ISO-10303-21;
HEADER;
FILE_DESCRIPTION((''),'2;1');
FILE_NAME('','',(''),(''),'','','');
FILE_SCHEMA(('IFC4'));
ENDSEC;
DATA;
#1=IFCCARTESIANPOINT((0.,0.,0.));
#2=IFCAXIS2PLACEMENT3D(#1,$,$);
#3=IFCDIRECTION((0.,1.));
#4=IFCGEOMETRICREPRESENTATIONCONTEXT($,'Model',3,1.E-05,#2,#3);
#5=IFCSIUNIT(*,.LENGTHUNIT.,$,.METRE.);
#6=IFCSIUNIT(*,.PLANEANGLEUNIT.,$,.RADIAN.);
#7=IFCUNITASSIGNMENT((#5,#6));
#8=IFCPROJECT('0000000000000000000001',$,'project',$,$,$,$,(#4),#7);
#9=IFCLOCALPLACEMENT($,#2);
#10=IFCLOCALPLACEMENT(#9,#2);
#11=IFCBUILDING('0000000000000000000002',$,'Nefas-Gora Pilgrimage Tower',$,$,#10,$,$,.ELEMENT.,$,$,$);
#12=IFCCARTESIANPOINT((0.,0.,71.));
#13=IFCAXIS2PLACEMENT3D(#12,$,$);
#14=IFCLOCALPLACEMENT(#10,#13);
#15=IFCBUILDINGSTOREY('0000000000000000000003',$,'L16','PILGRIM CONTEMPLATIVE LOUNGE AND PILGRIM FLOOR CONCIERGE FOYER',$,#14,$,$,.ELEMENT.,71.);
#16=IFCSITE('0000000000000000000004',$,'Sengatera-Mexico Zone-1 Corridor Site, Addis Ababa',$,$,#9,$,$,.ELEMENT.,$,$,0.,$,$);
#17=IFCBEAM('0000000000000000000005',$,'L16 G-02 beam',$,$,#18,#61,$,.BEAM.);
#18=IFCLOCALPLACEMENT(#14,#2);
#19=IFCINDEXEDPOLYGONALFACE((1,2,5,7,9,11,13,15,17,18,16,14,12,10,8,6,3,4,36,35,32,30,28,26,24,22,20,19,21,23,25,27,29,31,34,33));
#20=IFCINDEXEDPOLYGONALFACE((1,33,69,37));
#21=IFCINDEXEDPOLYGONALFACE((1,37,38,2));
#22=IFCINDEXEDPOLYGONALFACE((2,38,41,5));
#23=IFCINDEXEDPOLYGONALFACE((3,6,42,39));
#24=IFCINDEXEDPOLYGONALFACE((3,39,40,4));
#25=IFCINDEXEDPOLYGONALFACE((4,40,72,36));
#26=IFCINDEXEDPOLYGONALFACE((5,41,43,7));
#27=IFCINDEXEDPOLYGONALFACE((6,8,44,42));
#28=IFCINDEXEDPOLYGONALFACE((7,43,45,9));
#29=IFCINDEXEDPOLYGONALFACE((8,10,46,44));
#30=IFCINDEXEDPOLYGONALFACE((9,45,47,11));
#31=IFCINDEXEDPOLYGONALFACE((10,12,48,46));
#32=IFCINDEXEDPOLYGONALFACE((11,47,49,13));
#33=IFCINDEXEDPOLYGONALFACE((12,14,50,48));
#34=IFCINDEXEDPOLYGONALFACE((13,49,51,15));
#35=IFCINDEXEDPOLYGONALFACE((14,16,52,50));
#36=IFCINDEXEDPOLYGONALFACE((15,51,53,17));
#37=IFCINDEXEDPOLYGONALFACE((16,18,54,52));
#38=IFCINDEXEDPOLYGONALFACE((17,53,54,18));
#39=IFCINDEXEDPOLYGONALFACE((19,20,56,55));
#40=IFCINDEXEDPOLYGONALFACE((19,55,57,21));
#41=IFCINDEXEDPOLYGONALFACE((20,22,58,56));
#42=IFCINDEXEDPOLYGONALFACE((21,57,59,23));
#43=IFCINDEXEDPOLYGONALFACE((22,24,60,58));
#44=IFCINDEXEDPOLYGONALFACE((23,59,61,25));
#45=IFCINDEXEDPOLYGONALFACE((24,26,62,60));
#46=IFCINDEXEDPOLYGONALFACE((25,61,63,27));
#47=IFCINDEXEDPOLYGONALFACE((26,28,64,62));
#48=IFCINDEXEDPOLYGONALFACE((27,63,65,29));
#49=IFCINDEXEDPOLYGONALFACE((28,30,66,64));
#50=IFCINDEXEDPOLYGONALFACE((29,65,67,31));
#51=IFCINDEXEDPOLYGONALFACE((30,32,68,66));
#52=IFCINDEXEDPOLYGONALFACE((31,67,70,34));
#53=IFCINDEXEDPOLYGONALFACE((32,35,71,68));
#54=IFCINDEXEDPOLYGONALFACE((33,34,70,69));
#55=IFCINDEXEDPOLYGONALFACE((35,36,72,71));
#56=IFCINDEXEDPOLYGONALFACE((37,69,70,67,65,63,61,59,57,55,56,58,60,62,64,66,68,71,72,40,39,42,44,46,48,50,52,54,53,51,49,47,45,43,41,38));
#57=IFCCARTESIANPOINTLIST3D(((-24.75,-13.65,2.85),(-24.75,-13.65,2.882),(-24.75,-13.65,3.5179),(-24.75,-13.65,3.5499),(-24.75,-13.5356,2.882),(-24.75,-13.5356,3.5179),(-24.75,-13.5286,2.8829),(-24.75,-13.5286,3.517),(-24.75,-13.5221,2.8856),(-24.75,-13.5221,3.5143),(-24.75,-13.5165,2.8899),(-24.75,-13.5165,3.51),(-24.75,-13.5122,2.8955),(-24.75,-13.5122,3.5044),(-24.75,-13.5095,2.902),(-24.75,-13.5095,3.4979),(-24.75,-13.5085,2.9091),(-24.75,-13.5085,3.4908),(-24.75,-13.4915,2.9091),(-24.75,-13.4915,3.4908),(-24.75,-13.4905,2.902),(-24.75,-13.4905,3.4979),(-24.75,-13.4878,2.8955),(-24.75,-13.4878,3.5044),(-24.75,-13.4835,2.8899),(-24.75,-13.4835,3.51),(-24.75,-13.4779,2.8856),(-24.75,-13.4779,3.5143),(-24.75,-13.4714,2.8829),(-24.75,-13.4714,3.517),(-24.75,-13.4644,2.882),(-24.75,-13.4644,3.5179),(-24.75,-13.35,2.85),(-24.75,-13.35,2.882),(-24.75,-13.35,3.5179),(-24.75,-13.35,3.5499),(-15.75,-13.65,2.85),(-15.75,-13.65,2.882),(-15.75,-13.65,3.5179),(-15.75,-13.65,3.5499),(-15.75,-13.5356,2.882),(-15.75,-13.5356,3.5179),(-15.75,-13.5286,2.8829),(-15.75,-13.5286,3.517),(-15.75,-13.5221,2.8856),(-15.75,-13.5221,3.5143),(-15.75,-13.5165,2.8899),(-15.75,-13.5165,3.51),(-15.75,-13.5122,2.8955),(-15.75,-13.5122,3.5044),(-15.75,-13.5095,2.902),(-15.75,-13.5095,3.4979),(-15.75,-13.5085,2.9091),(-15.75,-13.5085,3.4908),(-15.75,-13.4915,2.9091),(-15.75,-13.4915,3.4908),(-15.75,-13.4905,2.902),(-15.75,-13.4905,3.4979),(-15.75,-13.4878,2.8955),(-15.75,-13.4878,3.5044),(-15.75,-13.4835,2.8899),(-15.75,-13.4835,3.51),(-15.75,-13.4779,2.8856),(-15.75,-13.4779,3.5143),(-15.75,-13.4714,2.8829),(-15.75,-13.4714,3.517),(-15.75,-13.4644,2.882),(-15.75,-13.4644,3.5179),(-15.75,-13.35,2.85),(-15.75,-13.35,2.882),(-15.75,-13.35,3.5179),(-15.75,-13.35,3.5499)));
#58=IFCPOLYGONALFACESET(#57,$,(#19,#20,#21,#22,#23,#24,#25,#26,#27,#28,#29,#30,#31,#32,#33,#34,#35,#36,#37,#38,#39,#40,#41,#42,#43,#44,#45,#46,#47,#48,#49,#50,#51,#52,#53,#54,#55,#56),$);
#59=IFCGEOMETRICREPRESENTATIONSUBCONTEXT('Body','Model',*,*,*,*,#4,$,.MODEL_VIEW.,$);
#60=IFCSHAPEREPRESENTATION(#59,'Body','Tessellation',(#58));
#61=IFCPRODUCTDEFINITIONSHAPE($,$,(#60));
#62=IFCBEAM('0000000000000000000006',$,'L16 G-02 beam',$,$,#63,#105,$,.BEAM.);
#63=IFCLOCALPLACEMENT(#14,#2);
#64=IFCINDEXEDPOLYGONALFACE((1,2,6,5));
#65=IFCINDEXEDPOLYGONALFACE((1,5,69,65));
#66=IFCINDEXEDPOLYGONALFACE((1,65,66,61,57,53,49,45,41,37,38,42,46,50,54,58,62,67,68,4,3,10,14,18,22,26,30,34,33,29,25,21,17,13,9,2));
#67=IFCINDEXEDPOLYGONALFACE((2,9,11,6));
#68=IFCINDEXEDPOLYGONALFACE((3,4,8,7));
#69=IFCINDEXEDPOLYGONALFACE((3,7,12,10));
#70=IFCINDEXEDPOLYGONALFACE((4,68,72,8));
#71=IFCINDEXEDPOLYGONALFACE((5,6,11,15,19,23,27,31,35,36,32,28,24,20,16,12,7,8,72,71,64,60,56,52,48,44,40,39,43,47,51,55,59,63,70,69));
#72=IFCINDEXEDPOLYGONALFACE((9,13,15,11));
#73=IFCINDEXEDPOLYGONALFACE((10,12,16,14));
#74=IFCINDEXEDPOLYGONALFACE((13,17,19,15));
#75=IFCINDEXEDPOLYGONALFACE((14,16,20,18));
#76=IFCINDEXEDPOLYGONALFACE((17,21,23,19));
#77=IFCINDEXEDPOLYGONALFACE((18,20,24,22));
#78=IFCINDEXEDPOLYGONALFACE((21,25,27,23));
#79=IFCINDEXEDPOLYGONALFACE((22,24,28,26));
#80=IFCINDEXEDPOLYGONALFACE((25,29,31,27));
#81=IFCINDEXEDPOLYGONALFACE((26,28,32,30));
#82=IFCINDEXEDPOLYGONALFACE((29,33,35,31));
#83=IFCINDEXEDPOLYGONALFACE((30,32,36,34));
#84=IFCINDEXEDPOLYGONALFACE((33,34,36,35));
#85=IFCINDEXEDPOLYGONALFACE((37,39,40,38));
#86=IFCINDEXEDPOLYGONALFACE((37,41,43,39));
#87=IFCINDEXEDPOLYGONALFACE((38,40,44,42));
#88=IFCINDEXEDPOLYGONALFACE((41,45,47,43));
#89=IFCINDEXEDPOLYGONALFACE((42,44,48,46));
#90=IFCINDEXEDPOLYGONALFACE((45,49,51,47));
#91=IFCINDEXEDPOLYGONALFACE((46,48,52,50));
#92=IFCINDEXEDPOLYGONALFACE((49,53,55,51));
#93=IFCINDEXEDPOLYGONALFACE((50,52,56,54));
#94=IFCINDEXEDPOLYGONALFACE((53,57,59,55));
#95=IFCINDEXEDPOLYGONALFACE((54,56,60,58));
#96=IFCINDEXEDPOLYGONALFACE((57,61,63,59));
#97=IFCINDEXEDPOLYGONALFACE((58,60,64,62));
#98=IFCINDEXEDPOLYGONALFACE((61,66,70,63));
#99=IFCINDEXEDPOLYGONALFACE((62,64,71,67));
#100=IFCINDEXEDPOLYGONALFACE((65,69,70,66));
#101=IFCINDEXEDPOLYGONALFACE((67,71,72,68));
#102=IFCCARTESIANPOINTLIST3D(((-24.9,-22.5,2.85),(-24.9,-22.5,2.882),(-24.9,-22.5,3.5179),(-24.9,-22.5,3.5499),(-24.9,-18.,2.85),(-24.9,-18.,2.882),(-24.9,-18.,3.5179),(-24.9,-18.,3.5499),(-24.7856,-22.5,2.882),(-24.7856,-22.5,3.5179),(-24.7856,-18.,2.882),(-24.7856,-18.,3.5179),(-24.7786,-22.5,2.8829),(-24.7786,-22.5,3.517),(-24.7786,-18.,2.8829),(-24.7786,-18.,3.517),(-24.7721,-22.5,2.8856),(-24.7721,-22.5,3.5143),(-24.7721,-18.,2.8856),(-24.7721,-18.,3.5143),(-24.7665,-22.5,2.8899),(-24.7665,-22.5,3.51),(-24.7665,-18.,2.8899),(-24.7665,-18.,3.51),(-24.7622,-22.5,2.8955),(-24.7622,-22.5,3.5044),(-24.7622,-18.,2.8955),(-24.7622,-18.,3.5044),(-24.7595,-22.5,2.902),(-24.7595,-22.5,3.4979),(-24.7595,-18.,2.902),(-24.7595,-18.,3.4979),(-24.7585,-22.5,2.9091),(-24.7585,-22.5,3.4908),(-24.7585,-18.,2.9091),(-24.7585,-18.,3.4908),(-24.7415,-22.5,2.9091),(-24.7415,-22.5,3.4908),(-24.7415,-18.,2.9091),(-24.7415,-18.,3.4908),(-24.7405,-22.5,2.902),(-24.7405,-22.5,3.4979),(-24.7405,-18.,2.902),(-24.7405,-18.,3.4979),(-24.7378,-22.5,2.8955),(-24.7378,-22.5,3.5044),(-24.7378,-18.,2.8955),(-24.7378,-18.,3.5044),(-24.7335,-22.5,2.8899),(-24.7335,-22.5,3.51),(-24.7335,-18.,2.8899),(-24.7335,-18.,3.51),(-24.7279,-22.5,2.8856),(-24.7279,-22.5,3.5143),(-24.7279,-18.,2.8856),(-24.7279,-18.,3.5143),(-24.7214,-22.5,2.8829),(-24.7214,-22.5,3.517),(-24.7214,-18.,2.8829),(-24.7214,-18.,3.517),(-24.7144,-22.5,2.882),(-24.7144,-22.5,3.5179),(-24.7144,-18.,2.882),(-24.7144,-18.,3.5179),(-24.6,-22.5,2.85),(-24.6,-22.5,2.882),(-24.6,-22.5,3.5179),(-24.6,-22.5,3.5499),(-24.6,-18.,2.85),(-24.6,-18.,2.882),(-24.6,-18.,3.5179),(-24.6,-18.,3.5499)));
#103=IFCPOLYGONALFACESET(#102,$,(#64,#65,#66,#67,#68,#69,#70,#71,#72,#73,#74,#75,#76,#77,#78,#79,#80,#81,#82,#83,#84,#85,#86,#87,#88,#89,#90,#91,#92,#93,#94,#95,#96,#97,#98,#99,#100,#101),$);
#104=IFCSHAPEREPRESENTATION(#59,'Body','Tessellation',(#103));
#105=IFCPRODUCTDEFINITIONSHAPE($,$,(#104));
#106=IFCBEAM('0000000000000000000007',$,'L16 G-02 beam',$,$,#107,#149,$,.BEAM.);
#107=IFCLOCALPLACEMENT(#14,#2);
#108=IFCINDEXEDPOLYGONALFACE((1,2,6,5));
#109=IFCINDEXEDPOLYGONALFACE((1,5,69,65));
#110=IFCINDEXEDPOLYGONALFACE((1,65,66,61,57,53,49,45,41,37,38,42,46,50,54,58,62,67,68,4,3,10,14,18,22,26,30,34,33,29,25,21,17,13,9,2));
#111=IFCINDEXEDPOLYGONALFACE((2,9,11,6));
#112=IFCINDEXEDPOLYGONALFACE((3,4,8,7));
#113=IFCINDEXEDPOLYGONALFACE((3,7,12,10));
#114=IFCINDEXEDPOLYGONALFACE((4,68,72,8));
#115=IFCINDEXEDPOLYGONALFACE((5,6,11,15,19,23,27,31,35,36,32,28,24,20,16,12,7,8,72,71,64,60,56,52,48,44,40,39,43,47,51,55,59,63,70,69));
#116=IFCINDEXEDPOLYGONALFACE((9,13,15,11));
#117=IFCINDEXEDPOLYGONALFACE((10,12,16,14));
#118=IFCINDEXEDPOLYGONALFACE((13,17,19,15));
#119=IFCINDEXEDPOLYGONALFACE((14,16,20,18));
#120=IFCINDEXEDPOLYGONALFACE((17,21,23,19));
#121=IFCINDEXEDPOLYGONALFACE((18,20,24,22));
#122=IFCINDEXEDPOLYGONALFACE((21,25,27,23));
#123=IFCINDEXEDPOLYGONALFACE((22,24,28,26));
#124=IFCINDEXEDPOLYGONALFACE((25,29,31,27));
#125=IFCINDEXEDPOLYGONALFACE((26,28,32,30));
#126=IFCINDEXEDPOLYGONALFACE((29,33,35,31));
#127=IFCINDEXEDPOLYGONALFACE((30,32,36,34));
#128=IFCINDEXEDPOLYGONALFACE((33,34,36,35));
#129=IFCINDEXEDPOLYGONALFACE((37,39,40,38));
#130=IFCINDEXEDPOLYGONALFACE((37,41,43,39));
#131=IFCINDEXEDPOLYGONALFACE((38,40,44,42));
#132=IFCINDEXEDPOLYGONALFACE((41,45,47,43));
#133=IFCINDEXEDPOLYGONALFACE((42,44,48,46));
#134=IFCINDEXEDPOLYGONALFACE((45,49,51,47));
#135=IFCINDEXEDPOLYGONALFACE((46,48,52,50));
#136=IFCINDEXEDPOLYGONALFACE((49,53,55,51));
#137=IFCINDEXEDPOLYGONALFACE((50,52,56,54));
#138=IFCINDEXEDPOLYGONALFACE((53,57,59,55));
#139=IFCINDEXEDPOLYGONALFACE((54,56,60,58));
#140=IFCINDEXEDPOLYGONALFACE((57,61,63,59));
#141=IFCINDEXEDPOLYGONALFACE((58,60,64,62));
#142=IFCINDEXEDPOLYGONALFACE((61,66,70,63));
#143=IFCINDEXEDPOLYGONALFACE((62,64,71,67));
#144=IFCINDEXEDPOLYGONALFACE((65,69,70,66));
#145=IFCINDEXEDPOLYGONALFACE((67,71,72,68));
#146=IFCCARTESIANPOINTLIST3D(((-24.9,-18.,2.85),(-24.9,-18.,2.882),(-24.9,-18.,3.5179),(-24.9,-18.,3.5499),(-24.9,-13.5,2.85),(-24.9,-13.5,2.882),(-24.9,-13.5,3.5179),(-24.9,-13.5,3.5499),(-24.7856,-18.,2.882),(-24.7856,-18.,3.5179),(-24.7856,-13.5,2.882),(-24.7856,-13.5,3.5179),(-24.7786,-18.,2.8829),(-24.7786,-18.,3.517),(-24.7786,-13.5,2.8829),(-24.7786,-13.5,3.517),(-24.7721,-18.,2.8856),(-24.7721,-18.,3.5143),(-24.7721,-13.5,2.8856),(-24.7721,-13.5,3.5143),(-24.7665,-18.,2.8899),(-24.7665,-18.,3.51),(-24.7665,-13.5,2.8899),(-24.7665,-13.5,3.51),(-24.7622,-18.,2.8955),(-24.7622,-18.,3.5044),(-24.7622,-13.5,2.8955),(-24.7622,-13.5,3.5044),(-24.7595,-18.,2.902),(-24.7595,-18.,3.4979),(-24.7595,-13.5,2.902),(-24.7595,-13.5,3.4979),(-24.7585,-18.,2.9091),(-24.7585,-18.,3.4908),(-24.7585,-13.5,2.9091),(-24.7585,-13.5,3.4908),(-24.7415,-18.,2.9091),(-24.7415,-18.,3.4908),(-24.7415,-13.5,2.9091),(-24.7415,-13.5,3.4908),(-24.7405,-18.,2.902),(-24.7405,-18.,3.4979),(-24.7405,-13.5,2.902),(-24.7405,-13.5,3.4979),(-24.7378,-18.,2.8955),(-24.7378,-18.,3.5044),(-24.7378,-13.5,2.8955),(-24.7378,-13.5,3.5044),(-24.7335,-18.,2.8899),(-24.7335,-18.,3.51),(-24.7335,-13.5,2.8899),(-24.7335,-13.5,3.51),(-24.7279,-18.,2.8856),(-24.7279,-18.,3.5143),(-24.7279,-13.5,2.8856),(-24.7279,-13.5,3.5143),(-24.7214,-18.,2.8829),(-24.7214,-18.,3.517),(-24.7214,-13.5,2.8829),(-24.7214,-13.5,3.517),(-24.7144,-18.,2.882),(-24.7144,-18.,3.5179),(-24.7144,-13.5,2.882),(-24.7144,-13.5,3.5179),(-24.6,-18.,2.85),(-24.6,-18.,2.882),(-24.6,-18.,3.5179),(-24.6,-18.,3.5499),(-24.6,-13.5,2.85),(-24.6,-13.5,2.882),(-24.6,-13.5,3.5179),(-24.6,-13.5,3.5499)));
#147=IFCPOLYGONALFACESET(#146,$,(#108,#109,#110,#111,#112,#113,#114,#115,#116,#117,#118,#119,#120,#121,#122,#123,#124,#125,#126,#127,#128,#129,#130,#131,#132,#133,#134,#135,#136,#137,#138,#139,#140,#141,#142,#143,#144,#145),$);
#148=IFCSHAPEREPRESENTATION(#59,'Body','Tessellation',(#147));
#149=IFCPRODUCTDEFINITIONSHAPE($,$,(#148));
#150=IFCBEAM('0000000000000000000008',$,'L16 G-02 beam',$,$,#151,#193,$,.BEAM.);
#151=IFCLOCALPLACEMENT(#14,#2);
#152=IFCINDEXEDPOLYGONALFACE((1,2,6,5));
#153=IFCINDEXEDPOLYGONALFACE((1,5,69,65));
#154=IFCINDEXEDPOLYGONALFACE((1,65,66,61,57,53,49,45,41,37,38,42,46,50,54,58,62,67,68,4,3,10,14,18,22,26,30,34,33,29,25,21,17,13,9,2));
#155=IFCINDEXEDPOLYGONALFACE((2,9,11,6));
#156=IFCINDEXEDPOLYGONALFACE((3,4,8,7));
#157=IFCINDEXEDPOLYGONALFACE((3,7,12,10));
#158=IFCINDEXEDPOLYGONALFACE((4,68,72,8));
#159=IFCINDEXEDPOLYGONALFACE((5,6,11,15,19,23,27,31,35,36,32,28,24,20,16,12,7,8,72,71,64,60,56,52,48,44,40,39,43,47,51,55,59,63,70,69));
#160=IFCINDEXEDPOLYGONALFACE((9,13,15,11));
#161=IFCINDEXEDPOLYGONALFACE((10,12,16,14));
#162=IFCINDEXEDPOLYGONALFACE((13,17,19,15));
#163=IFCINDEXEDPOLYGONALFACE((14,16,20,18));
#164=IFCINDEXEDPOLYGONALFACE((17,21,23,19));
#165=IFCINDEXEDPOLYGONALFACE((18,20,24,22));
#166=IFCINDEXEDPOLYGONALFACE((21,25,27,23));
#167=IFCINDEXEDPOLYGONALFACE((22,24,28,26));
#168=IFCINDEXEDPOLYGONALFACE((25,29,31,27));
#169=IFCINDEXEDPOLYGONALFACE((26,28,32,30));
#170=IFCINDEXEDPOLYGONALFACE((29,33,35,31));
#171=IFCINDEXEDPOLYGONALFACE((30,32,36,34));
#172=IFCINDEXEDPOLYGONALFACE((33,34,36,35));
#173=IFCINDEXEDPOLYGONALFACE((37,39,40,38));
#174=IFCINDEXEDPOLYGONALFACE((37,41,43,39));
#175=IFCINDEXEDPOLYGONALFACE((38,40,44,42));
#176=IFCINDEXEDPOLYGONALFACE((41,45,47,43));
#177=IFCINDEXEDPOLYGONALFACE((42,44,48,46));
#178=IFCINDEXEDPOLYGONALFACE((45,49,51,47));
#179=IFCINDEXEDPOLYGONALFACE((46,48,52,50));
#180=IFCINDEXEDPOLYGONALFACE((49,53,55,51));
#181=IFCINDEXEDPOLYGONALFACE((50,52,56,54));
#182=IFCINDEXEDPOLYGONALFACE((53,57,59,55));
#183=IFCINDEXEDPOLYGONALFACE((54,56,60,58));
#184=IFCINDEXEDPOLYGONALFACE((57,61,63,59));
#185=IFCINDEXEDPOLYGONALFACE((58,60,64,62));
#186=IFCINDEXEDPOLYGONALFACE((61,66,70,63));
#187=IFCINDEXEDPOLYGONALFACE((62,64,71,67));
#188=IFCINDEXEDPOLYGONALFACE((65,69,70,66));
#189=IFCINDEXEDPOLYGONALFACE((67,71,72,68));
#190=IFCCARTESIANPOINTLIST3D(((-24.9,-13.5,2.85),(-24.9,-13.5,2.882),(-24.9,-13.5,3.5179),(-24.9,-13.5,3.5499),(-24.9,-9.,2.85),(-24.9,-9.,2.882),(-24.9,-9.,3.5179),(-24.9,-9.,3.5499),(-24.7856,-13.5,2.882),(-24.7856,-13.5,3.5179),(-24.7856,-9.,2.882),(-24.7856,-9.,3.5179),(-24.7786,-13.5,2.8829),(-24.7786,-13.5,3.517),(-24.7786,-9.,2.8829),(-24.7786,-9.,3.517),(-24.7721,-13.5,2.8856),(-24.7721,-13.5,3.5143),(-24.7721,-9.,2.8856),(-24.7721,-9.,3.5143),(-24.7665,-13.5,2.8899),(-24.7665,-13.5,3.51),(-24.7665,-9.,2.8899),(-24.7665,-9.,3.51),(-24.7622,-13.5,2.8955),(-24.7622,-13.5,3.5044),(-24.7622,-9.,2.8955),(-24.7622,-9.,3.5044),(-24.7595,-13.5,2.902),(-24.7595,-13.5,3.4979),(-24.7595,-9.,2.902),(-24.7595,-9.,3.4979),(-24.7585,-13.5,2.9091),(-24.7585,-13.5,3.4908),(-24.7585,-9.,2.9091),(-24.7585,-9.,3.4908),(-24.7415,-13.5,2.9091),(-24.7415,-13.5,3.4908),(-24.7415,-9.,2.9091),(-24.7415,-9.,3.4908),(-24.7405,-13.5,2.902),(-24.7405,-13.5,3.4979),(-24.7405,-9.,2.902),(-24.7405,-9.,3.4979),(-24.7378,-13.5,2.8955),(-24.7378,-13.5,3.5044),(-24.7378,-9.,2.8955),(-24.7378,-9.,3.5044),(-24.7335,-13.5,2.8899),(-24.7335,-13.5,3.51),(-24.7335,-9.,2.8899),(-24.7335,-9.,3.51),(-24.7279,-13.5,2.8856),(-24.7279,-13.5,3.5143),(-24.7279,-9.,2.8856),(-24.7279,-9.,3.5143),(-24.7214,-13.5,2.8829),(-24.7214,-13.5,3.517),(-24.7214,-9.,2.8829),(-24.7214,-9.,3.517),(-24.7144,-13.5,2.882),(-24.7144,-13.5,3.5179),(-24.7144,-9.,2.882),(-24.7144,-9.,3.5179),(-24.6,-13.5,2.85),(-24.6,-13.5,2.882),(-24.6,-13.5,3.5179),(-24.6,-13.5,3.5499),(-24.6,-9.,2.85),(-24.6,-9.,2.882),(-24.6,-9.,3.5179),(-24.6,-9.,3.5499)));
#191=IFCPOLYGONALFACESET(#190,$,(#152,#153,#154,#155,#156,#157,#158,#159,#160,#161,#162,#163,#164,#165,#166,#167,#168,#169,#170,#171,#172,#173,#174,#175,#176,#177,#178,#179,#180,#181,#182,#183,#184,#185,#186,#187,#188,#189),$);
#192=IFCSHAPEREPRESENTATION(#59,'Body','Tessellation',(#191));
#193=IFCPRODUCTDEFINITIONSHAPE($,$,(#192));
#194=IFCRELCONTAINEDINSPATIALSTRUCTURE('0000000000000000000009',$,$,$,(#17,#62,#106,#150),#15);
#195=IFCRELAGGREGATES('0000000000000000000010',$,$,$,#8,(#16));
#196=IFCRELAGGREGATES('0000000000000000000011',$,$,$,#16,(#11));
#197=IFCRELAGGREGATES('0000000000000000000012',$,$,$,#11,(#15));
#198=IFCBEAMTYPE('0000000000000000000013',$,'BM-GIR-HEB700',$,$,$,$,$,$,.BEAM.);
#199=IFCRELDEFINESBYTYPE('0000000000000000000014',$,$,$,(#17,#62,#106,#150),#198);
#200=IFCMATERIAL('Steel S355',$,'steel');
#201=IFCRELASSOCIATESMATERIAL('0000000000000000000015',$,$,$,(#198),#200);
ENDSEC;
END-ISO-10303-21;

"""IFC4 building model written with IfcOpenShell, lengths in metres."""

from ifc_helpers import new_model, si_unit, direction, frame, origin, origin_2d, place, context, subcontext, project, spatial, i_section, extrude, source, transform, mapped, material, material_profile, profile_set, type_object, element, save


model = new_model("IFC4")

# Units and contexts
model_context = context("Model", 3, precision=1e-05, world=origin(), true_north=direction((0.0, 1.0)))
body_context = subcontext(model_context, "Body", "Model", "MODEL_VIEW")
ifc_project = project(units=[si_unit("LENGTHUNIT", "METRE"), si_unit("PLANEANGLEUNIT", "RADIAN")], contexts=[model_context])

# Site, building, storey
site_placement = place(None, origin())
site = spatial("IfcSite", under=ifc_project, at=site_placement, Name="Sengatera-Mexico Zone-1 Corridor Site, Addis Ababa", CompositionType="ELEMENT", RefElevation=0.0)
building_placement = place(site_placement, origin())
building = spatial("IfcBuilding", under=site, at=building_placement, Name="Nefas-Gora Pilgrimage Tower", CompositionType="ELEMENT")
storey_placement = place(building_placement, frame((0.0, 0.0, 71.0)))
storey = spatial("IfcBuildingStorey", under=building, at=storey_placement, Name="L16", Description="PILGRIM CONTEMPLATIVE LOUNGE AND PILGRIM FLOOR CONCIERGE FOYER", CompositionType="ELEMENT", Elevation=71.0)

# Beams
ifc_material_1 = material(Name="Steel S355", Category="steel")
ifc_material_profile_1 = material_profile(ifc_material_1, i_section(OverallWidth=0.3, OverallDepth=0.7, WebThickness=0.0171, FlangeThickness=0.032, FilletRadius=0.0271, at=origin_2d()), Name="HEB 700")
ifc_profile_set_1 = profile_set([ifc_material_profile_1], Name="Steel S355")
beam_type_1 = type_object("IfcBeamType", Name="BM-GIR-HEB700", PredefinedType="BEAM", material=ifc_profile_set_1)
shared_shape_1 = source(origin(), body_context, "Body", "SweptSolid", [
    extrude(i_section(OverallWidth=0.3, OverallDepth=0.7, WebThickness=0.0171, FlangeThickness=0.032, FilletRadius=0.0271, at=origin_2d()), origin(), (0.0, 0.0, 1.0), 9.0),
])
for number, where, z_axis, x_axis, name in (
    (1, (-24.75, -13.5, 3.2), (1.0, 0.0, 0.0), (0.0, 1.0, 0.0), "L16 G-02 beam"),
):
    element("IfcBeam", number, at=place(storey_placement, frame(where, z_axis=z_axis, x_axis=x_axis)), inside=storey, type_object=beam_type_1, Name=name, PredefinedType="BEAM", context=body_context, shape_type="MappedRepresentation", body=[
        mapped(shared_shape_1, transform((0.0, 0.0, 0.0), x_axis=(1.0, 0.0, 0.0), y_axis=(0.0, 1.0, 0.0), z_axis=(0.0, 0.0, 1.0), scale=1.0)),
    ])
shared_shape_2 = source(origin(), body_context, "Body", "SweptSolid", [
    extrude(i_section(OverallWidth=0.3, OverallDepth=0.7, WebThickness=0.0171, FlangeThickness=0.032, FilletRadius=0.0271, at=origin_2d()), origin(), (0.0, 0.0, 1.0), 4.5),
])
for number, where, z_axis, x_axis, name in (
    (2, (-24.75, -22.5, 3.2), (0.0, 1.0, 0.0), (-1.0, 0.0, 0.0), "L16 G-02 beam"),
    (3, (-24.75, -18.0, 3.2), (0.0, 1.0, 0.0), (-1.0, 0.0, 0.0), "L16 G-02 beam"),
    (4, (-24.75, -13.5, 3.2), (0.0, 1.0, 0.0), (-1.0, 0.0, 0.0), "L16 G-02 beam"),
):
    element("IfcBeam", number, at=place(storey_placement, frame(where, z_axis=z_axis, x_axis=x_axis)), inside=storey, type_object=beam_type_1, Name=name, PredefinedType="BEAM", context=body_context, shape_type="MappedRepresentation", body=[
        mapped(shared_shape_2, transform((0.0, 0.0, 0.0), x_axis=(1.0, 0.0, 0.0), y_axis=(0.0, 1.0, 0.0), z_axis=(0.0, 0.0, 1.0), scale=1.0)),
    ])

save(model, "model.ifc")
